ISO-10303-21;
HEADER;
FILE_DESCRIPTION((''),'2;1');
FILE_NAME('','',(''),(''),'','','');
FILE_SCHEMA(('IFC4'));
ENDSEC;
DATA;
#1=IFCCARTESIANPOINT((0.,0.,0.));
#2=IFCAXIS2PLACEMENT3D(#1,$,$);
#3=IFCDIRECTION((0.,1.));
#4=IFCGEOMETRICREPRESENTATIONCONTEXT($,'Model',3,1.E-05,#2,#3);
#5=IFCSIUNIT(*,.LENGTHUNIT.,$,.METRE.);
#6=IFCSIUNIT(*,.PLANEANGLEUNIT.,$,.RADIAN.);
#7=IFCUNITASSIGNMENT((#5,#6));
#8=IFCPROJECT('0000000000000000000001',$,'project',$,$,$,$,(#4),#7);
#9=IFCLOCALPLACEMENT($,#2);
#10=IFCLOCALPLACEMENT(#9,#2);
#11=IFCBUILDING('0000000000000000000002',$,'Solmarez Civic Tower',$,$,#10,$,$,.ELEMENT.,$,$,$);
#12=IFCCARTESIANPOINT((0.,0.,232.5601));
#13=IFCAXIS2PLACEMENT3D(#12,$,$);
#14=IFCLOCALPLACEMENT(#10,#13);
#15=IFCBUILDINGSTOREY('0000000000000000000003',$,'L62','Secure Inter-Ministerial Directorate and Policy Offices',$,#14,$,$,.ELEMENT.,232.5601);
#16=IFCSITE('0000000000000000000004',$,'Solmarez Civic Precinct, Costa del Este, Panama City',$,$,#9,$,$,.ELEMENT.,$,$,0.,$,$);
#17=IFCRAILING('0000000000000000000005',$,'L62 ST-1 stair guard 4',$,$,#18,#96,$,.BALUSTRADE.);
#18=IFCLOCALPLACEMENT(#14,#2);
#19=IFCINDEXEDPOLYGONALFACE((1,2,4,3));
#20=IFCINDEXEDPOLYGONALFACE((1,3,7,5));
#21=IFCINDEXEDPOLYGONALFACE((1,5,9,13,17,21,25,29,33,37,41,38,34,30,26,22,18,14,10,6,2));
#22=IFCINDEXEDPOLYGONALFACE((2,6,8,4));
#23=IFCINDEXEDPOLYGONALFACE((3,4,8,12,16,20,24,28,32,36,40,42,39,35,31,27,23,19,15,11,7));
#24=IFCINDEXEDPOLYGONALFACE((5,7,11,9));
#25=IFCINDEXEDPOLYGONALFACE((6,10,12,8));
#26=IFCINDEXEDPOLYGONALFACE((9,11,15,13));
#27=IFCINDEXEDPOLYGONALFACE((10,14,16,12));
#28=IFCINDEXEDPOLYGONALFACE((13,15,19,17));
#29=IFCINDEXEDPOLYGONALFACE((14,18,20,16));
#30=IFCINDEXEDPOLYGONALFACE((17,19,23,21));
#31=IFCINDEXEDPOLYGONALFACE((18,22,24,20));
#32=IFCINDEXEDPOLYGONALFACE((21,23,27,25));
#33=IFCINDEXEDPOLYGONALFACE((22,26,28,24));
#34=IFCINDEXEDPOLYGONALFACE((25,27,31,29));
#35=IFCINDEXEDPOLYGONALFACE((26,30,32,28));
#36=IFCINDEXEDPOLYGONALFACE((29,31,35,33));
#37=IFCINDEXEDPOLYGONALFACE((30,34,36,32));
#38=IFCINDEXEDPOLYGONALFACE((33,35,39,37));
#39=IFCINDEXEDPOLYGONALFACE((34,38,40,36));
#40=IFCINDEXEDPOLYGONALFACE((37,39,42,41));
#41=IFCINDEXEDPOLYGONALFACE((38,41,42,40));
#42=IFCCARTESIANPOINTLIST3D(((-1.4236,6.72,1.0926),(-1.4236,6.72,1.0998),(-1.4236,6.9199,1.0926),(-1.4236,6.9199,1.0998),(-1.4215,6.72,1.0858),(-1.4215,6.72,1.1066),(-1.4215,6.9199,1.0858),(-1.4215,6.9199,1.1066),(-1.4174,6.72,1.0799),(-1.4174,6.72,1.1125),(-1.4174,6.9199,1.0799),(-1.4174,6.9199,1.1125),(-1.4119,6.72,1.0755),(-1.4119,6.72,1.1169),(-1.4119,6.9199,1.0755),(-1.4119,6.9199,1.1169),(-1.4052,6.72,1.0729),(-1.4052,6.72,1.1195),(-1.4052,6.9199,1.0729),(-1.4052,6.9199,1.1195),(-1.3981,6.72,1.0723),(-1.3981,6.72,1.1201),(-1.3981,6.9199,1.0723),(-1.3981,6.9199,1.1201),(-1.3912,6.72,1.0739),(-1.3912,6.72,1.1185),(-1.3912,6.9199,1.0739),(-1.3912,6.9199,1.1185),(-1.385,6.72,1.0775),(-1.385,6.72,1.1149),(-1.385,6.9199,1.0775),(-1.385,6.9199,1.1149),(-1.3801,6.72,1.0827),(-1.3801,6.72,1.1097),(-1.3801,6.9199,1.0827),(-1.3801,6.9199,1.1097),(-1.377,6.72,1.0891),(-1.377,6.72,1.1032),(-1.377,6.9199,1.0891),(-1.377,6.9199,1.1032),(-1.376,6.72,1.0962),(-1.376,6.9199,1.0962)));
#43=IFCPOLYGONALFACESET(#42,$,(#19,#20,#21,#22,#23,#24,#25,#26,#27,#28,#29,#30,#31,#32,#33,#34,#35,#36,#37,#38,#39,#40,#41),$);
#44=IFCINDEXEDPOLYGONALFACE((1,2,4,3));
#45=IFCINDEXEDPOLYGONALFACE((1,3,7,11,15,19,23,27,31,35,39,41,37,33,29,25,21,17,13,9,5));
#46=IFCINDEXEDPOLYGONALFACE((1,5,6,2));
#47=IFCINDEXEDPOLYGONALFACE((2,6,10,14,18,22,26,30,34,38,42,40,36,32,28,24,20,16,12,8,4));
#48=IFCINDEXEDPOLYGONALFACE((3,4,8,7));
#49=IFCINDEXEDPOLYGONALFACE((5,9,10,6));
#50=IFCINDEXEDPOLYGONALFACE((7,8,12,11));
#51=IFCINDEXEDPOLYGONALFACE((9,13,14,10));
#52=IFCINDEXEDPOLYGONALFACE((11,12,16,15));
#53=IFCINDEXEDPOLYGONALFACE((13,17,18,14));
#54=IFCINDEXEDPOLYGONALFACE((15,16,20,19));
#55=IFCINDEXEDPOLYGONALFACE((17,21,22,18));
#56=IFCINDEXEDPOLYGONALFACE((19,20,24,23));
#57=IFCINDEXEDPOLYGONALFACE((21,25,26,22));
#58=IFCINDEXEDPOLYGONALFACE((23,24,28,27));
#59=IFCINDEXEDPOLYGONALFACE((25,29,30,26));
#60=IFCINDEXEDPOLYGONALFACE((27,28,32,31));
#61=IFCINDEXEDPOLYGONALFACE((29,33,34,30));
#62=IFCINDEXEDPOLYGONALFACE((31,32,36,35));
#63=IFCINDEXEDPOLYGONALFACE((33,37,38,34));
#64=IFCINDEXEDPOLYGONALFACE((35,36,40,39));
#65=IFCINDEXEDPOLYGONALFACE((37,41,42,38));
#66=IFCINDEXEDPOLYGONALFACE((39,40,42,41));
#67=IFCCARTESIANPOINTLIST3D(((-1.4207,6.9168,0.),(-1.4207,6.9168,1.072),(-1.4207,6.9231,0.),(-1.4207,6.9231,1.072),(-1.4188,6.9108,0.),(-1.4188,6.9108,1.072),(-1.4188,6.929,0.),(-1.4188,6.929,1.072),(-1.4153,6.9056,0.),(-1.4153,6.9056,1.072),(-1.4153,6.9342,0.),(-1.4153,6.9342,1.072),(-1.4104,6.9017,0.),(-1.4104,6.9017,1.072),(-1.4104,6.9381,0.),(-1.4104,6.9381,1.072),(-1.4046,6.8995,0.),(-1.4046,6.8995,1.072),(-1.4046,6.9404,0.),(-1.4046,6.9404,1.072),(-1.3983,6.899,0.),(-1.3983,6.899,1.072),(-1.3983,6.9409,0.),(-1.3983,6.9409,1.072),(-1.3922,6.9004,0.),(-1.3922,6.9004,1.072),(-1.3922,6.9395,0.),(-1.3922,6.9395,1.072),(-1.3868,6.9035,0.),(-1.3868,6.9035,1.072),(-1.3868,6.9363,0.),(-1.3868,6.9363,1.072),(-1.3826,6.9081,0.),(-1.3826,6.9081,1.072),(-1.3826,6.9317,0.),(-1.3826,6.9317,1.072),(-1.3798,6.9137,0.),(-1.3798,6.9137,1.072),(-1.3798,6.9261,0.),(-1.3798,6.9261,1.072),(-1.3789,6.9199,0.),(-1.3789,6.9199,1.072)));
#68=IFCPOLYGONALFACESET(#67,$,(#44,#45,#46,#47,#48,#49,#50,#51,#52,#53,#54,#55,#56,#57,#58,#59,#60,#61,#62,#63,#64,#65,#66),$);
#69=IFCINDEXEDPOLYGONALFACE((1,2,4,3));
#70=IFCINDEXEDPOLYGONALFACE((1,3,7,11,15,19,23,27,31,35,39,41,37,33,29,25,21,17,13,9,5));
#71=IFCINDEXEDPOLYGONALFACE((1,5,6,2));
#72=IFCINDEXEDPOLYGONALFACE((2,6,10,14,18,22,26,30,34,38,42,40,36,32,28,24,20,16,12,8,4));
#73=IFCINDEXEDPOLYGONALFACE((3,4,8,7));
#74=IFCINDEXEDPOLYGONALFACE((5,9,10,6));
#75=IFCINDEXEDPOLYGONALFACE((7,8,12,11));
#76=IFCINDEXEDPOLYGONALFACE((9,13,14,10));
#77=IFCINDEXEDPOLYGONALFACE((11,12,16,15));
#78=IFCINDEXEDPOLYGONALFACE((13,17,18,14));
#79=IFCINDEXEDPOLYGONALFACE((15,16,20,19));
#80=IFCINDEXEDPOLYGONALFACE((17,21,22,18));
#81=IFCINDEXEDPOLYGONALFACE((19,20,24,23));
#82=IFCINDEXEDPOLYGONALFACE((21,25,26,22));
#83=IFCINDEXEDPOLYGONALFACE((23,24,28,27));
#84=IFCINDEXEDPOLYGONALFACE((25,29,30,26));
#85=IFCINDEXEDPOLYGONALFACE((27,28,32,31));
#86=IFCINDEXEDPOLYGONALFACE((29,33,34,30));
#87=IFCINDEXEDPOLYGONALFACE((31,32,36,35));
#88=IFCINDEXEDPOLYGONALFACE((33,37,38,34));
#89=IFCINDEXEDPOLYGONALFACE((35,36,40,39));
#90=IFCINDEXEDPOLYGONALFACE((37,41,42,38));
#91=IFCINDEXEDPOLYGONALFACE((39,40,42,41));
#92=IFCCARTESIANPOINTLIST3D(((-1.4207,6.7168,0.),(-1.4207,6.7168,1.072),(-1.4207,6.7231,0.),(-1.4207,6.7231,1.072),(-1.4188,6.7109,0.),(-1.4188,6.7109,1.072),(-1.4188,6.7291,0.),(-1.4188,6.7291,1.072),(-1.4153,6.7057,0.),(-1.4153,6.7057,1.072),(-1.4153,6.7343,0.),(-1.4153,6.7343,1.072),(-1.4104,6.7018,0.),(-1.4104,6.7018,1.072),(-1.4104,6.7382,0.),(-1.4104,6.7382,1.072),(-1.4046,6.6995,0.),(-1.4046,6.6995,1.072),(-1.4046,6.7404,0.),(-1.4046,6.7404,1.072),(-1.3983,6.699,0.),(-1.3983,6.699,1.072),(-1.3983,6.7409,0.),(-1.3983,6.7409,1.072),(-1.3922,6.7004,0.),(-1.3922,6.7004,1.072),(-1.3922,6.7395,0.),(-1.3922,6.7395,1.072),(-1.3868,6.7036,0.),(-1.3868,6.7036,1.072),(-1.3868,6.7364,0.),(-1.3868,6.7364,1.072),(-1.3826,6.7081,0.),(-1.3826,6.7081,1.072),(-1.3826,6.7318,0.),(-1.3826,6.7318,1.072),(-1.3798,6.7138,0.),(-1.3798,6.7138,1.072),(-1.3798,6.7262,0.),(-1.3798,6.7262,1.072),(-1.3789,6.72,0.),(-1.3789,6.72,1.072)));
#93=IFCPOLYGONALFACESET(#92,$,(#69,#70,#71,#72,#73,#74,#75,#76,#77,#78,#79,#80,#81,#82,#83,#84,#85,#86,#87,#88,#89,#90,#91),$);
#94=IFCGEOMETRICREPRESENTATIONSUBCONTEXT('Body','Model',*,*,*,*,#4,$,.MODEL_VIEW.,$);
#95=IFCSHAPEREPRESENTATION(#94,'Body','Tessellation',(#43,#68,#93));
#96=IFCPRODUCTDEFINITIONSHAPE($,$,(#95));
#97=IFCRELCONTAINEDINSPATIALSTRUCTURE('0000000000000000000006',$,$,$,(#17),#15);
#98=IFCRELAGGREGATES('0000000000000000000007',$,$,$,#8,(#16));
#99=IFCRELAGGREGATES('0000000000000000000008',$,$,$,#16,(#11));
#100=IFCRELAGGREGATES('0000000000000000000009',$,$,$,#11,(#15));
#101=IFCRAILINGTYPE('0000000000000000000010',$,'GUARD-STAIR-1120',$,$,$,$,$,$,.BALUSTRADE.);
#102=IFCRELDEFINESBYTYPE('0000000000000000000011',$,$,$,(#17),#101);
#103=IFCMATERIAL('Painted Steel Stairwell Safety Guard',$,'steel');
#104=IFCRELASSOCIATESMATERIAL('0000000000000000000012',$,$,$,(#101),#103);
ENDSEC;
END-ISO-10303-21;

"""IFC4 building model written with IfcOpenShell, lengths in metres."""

from ifc_helpers import new_model, si_unit, direction, frame, origin, origin_2d, place, context, subcontext, project, spatial, circle, extrude, material, type_object, element, save


model = new_model("IFC4")

# Units and contexts
model_context = context("Model", 3, precision=1e-05, world=origin(), true_north=direction((0.0, 1.0)))
body_context = subcontext(model_context, "Body", "Model", "MODEL_VIEW")
ifc_project = project(units=[si_unit("LENGTHUNIT", "METRE"), si_unit("PLANEANGLEUNIT", "RADIAN")], contexts=[model_context])

# Site, building, storey
site_placement = place(None, origin())
site = spatial("IfcSite", under=ifc_project, at=site_placement, Name="Solmarez Civic Precinct, Costa del Este, Panama City", CompositionType="ELEMENT", RefElevation=0.0)
building_placement = place(site_placement, origin())
building = spatial("IfcBuilding", under=site, at=building_placement, Name="Solmarez Civic Tower", CompositionType="ELEMENT")
storey_placement = place(building_placement, frame((0.0, 0.0, 232.5601)))
storey = spatial("IfcBuildingStorey", under=building, at=storey_placement, Name="L62", Description="Secure Inter-Ministerial Directorate and Policy Offices", CompositionType="ELEMENT", Elevation=232.5601)

# Railing
ifc_material_1 = material(Name="Painted Steel Stairwell Safety Guard", Category="steel")
railing_type_1 = type_object("IfcRailingType", Name="GUARD-STAIR-1120", PredefinedType="BALUSTRADE", material=ifc_material_1)
railing_1_placement = place(storey_placement, frame((-1.3999, 6.9199, 0.0)))
element("IfcRailing", 1, at=railing_1_placement, inside=storey, type_object=railing_type_1, Name="L62 ST-1 stair guard 4", PredefinedType="BALUSTRADE", context=body_context, shape_type="SweptSolid", body=[
    extrude(circle(Radius=0.0239, at=origin_2d()), frame((0.0, 0.0, 1.0962), z_axis=(0.0, -1.0, 0.0), x_axis=(1.0, 0.0, 0.0)), (0.0, 0.0, 1.0), 0.2),
    extrude(circle(Radius=0.021, at=origin_2d()), origin(), (0.0, 0.0, 1.0), 1.072),
    extrude(circle(Radius=0.021, at=origin_2d()), frame((0.0, -0.2, 0.0)), (0.0, 0.0, 1.0), 1.072),
])

save(model, "model.ifc")
